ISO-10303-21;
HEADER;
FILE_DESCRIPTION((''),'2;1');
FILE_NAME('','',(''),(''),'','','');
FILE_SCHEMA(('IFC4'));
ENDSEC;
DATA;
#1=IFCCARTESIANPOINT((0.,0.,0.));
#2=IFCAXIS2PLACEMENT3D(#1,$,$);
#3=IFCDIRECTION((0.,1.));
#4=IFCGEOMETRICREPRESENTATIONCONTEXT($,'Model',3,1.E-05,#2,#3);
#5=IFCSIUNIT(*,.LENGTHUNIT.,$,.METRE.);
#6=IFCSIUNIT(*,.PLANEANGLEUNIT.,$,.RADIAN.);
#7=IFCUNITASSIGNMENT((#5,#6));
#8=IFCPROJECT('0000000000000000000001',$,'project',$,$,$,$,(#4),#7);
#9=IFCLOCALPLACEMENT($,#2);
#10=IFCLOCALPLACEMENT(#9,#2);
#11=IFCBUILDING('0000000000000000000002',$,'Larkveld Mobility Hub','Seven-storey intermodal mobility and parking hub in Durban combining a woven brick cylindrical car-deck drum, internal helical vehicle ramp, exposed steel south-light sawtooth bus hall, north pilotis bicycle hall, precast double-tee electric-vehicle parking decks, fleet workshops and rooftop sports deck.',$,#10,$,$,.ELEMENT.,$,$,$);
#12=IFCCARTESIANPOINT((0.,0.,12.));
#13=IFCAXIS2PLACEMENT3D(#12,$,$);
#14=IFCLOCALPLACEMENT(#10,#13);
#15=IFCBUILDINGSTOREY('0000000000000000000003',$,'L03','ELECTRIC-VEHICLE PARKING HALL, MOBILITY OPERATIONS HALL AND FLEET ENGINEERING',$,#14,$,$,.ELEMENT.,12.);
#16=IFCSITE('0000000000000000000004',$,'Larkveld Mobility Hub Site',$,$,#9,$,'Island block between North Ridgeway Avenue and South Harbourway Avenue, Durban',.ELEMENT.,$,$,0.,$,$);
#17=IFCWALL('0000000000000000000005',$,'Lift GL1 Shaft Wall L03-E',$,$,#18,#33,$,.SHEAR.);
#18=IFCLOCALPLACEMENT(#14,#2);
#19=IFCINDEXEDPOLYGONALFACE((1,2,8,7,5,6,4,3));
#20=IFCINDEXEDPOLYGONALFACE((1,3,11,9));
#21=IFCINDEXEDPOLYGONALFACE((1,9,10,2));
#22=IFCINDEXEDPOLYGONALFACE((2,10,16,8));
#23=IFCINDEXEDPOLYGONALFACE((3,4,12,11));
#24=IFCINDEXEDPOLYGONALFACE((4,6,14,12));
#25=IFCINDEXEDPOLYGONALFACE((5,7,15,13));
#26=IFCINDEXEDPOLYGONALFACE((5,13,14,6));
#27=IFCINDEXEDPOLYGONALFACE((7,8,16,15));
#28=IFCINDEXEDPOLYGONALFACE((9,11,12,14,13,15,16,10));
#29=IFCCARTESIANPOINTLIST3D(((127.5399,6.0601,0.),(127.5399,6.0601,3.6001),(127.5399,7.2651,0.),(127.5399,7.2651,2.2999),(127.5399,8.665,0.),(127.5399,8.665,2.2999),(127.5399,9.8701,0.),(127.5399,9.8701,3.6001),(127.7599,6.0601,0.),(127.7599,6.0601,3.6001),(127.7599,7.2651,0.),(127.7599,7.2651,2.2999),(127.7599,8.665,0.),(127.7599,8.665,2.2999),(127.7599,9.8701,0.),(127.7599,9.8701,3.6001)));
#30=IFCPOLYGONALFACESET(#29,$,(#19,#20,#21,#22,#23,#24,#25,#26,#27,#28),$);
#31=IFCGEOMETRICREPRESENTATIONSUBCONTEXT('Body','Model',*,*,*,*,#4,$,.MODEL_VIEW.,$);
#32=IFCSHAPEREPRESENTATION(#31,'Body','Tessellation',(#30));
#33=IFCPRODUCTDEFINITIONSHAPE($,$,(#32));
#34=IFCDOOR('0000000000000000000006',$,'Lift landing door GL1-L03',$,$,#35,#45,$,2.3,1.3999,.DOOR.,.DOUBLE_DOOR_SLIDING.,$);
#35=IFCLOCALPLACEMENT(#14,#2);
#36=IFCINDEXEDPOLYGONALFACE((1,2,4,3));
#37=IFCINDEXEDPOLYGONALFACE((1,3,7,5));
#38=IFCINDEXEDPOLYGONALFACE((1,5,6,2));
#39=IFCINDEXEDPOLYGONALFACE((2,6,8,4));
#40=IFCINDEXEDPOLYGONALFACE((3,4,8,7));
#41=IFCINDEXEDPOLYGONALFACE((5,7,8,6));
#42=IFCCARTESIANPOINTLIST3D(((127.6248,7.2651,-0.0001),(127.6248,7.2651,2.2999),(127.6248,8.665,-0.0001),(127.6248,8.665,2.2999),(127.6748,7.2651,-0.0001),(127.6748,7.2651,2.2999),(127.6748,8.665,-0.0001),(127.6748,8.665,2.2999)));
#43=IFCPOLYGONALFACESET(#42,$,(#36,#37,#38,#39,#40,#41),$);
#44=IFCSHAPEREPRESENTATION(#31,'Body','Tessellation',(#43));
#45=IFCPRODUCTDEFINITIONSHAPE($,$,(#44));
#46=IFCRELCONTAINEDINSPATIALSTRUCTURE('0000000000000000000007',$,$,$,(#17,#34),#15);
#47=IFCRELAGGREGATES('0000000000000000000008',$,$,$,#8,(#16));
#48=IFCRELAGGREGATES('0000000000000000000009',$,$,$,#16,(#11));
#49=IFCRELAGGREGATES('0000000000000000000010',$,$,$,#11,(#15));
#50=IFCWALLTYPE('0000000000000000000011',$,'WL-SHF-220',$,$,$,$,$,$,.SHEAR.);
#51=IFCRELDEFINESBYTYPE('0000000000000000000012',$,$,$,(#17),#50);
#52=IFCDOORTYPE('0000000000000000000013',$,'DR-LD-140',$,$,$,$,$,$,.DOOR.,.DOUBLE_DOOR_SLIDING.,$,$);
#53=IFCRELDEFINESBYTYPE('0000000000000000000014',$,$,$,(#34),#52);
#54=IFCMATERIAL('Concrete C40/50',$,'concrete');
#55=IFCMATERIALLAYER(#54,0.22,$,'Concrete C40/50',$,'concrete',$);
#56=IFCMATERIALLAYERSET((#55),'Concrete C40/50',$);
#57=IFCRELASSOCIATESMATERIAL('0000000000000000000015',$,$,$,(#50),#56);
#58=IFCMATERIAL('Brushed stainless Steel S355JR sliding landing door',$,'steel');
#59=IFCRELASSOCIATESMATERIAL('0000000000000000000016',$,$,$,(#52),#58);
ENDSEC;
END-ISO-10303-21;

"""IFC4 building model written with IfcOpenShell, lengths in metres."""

from ifc_helpers import new_model, si_unit, direction, frame, frame_2d, origin, place, context, subcontext, project, spatial, rectangle, extrude, material, layer, layer_set, type_object, element, fill, save


model = new_model("IFC4")

# Units and contexts
model_context = context("Model", 3, precision=1e-05, world=origin(), true_north=direction((0.0, 1.0)))
body_context = subcontext(model_context, "Body", "Model", "MODEL_VIEW")
ifc_project = project(units=[si_unit("LENGTHUNIT", "METRE"), si_unit("PLANEANGLEUNIT", "RADIAN")], contexts=[model_context])

# Site, building, storey
site_placement = place(None, origin())
site = spatial("IfcSite", under=ifc_project, at=site_placement, Name="Larkveld Mobility Hub Site", LongName="Island block between North Ridgeway Avenue and South Harbourway Avenue, Durban", CompositionType="ELEMENT", RefElevation=0.0)
building_placement = place(site_placement, origin())
building = spatial("IfcBuilding", under=site, at=building_placement, Name="Larkveld Mobility Hub", Description="Seven-storey intermodal mobility and parking hub in Durban combining a woven brick cylindrical car-deck drum, internal helical vehicle ramp, exposed steel south-light sawtooth bus hall, north pilotis bicycle hall, precast double-tee electric-vehicle parking decks, fleet workshops and rooftop sports deck.", CompositionType="ELEMENT")
storey_placement = place(building_placement, frame((0.0, 0.0, 12.0)))
storey = spatial("IfcBuildingStorey", under=building, at=storey_placement, Name="L03", Description="ELECTRIC-VEHICLE PARKING HALL, MOBILITY OPERATIONS HALL AND FLEET ENGINEERING", CompositionType="ELEMENT", Elevation=12.0)

# Shared definitions
ifc_material_1 = material(Name="Concrete C40/50", Category="concrete")

# Wall, opening, door
ifc_layer_1 = layer(ifc_material_1, 0.22, Name="Concrete C40/50", Category="concrete")
ifc_layer_set_1 = layer_set([ifc_layer_1], Name="Concrete C40/50")
wall_type_1 = type_object("IfcWallType", Name="WL-SHF-220", PredefinedType="SHEAR", material=ifc_layer_set_1)
wall_1_placement = place(storey_placement, frame((127.6499, 9.8701, 0.0), z_axis=(0.0, 0.0, 1.0), x_axis=(0.0, -1.0, 0.0)))
wall_1 = element("IfcWall", 1, at=wall_1_placement, inside=storey, type_object=wall_type_1, Name="Lift GL1 Shaft Wall L03-E", PredefinedType="SHEAR", context=body_context, shape_type="SweptSolid", body=[
    extrude(rectangle(XDim=3.8101, YDim=0.22, at=frame_2d((1.905, 0.0))), origin(), (0.0, 0.0, 1.0), 3.6001),
])
opening_1_placement = place(wall_1_placement, frame((1.2051, 0.0, 0.0)))
opening_1 = element("IfcOpeningElement", 2, at=opening_1_placement, cuts=wall_1, PredefinedType="OPENING", context=body_context, shape_type="SweptSolid", body=[
    extrude(rectangle(XDim=1.3999, YDim=2.3, at=frame_2d((0.7, 1.1499))), frame((0.0, 0.1201, 0.0), z_axis=(0.0, -1.0, 0.0), x_axis=(1.0, 0.0, 0.0)), (0.0, 0.0, 1.0), 0.24),
])
ifc_material_2 = material(Name="Brushed stainless Steel S355JR sliding landing door", Category="steel")
door_type_1 = type_object("IfcDoorType", Name="DR-LD-140", OperationType="DOUBLE_DOOR_SLIDING", PredefinedType="DOOR", material=ifc_material_2)
door_1_placement = place(opening_1_placement, origin())
door_1 = element("IfcDoor", 3, at=door_1_placement, inside=storey, type_object=door_type_1, Name="Lift landing door GL1-L03", OperationType="DOUBLE_DOOR_SLIDING", OverallHeight=2.3, OverallWidth=1.3999, PredefinedType="DOOR", context=body_context, shape_type="SweptSolid", body=[
    extrude(rectangle(XDim=1.3999, YDim=2.3, at=frame_2d((0.7, 1.1499))), frame((0.0, 0.0249, 0.0), z_axis=(0.0, -1.0, 0.0), x_axis=(1.0, 0.0, 0.0)), (0.0, 0.0, 1.0), 0.05),
])
fill(opening_1, door_1)

save(model, "model.ifc")
